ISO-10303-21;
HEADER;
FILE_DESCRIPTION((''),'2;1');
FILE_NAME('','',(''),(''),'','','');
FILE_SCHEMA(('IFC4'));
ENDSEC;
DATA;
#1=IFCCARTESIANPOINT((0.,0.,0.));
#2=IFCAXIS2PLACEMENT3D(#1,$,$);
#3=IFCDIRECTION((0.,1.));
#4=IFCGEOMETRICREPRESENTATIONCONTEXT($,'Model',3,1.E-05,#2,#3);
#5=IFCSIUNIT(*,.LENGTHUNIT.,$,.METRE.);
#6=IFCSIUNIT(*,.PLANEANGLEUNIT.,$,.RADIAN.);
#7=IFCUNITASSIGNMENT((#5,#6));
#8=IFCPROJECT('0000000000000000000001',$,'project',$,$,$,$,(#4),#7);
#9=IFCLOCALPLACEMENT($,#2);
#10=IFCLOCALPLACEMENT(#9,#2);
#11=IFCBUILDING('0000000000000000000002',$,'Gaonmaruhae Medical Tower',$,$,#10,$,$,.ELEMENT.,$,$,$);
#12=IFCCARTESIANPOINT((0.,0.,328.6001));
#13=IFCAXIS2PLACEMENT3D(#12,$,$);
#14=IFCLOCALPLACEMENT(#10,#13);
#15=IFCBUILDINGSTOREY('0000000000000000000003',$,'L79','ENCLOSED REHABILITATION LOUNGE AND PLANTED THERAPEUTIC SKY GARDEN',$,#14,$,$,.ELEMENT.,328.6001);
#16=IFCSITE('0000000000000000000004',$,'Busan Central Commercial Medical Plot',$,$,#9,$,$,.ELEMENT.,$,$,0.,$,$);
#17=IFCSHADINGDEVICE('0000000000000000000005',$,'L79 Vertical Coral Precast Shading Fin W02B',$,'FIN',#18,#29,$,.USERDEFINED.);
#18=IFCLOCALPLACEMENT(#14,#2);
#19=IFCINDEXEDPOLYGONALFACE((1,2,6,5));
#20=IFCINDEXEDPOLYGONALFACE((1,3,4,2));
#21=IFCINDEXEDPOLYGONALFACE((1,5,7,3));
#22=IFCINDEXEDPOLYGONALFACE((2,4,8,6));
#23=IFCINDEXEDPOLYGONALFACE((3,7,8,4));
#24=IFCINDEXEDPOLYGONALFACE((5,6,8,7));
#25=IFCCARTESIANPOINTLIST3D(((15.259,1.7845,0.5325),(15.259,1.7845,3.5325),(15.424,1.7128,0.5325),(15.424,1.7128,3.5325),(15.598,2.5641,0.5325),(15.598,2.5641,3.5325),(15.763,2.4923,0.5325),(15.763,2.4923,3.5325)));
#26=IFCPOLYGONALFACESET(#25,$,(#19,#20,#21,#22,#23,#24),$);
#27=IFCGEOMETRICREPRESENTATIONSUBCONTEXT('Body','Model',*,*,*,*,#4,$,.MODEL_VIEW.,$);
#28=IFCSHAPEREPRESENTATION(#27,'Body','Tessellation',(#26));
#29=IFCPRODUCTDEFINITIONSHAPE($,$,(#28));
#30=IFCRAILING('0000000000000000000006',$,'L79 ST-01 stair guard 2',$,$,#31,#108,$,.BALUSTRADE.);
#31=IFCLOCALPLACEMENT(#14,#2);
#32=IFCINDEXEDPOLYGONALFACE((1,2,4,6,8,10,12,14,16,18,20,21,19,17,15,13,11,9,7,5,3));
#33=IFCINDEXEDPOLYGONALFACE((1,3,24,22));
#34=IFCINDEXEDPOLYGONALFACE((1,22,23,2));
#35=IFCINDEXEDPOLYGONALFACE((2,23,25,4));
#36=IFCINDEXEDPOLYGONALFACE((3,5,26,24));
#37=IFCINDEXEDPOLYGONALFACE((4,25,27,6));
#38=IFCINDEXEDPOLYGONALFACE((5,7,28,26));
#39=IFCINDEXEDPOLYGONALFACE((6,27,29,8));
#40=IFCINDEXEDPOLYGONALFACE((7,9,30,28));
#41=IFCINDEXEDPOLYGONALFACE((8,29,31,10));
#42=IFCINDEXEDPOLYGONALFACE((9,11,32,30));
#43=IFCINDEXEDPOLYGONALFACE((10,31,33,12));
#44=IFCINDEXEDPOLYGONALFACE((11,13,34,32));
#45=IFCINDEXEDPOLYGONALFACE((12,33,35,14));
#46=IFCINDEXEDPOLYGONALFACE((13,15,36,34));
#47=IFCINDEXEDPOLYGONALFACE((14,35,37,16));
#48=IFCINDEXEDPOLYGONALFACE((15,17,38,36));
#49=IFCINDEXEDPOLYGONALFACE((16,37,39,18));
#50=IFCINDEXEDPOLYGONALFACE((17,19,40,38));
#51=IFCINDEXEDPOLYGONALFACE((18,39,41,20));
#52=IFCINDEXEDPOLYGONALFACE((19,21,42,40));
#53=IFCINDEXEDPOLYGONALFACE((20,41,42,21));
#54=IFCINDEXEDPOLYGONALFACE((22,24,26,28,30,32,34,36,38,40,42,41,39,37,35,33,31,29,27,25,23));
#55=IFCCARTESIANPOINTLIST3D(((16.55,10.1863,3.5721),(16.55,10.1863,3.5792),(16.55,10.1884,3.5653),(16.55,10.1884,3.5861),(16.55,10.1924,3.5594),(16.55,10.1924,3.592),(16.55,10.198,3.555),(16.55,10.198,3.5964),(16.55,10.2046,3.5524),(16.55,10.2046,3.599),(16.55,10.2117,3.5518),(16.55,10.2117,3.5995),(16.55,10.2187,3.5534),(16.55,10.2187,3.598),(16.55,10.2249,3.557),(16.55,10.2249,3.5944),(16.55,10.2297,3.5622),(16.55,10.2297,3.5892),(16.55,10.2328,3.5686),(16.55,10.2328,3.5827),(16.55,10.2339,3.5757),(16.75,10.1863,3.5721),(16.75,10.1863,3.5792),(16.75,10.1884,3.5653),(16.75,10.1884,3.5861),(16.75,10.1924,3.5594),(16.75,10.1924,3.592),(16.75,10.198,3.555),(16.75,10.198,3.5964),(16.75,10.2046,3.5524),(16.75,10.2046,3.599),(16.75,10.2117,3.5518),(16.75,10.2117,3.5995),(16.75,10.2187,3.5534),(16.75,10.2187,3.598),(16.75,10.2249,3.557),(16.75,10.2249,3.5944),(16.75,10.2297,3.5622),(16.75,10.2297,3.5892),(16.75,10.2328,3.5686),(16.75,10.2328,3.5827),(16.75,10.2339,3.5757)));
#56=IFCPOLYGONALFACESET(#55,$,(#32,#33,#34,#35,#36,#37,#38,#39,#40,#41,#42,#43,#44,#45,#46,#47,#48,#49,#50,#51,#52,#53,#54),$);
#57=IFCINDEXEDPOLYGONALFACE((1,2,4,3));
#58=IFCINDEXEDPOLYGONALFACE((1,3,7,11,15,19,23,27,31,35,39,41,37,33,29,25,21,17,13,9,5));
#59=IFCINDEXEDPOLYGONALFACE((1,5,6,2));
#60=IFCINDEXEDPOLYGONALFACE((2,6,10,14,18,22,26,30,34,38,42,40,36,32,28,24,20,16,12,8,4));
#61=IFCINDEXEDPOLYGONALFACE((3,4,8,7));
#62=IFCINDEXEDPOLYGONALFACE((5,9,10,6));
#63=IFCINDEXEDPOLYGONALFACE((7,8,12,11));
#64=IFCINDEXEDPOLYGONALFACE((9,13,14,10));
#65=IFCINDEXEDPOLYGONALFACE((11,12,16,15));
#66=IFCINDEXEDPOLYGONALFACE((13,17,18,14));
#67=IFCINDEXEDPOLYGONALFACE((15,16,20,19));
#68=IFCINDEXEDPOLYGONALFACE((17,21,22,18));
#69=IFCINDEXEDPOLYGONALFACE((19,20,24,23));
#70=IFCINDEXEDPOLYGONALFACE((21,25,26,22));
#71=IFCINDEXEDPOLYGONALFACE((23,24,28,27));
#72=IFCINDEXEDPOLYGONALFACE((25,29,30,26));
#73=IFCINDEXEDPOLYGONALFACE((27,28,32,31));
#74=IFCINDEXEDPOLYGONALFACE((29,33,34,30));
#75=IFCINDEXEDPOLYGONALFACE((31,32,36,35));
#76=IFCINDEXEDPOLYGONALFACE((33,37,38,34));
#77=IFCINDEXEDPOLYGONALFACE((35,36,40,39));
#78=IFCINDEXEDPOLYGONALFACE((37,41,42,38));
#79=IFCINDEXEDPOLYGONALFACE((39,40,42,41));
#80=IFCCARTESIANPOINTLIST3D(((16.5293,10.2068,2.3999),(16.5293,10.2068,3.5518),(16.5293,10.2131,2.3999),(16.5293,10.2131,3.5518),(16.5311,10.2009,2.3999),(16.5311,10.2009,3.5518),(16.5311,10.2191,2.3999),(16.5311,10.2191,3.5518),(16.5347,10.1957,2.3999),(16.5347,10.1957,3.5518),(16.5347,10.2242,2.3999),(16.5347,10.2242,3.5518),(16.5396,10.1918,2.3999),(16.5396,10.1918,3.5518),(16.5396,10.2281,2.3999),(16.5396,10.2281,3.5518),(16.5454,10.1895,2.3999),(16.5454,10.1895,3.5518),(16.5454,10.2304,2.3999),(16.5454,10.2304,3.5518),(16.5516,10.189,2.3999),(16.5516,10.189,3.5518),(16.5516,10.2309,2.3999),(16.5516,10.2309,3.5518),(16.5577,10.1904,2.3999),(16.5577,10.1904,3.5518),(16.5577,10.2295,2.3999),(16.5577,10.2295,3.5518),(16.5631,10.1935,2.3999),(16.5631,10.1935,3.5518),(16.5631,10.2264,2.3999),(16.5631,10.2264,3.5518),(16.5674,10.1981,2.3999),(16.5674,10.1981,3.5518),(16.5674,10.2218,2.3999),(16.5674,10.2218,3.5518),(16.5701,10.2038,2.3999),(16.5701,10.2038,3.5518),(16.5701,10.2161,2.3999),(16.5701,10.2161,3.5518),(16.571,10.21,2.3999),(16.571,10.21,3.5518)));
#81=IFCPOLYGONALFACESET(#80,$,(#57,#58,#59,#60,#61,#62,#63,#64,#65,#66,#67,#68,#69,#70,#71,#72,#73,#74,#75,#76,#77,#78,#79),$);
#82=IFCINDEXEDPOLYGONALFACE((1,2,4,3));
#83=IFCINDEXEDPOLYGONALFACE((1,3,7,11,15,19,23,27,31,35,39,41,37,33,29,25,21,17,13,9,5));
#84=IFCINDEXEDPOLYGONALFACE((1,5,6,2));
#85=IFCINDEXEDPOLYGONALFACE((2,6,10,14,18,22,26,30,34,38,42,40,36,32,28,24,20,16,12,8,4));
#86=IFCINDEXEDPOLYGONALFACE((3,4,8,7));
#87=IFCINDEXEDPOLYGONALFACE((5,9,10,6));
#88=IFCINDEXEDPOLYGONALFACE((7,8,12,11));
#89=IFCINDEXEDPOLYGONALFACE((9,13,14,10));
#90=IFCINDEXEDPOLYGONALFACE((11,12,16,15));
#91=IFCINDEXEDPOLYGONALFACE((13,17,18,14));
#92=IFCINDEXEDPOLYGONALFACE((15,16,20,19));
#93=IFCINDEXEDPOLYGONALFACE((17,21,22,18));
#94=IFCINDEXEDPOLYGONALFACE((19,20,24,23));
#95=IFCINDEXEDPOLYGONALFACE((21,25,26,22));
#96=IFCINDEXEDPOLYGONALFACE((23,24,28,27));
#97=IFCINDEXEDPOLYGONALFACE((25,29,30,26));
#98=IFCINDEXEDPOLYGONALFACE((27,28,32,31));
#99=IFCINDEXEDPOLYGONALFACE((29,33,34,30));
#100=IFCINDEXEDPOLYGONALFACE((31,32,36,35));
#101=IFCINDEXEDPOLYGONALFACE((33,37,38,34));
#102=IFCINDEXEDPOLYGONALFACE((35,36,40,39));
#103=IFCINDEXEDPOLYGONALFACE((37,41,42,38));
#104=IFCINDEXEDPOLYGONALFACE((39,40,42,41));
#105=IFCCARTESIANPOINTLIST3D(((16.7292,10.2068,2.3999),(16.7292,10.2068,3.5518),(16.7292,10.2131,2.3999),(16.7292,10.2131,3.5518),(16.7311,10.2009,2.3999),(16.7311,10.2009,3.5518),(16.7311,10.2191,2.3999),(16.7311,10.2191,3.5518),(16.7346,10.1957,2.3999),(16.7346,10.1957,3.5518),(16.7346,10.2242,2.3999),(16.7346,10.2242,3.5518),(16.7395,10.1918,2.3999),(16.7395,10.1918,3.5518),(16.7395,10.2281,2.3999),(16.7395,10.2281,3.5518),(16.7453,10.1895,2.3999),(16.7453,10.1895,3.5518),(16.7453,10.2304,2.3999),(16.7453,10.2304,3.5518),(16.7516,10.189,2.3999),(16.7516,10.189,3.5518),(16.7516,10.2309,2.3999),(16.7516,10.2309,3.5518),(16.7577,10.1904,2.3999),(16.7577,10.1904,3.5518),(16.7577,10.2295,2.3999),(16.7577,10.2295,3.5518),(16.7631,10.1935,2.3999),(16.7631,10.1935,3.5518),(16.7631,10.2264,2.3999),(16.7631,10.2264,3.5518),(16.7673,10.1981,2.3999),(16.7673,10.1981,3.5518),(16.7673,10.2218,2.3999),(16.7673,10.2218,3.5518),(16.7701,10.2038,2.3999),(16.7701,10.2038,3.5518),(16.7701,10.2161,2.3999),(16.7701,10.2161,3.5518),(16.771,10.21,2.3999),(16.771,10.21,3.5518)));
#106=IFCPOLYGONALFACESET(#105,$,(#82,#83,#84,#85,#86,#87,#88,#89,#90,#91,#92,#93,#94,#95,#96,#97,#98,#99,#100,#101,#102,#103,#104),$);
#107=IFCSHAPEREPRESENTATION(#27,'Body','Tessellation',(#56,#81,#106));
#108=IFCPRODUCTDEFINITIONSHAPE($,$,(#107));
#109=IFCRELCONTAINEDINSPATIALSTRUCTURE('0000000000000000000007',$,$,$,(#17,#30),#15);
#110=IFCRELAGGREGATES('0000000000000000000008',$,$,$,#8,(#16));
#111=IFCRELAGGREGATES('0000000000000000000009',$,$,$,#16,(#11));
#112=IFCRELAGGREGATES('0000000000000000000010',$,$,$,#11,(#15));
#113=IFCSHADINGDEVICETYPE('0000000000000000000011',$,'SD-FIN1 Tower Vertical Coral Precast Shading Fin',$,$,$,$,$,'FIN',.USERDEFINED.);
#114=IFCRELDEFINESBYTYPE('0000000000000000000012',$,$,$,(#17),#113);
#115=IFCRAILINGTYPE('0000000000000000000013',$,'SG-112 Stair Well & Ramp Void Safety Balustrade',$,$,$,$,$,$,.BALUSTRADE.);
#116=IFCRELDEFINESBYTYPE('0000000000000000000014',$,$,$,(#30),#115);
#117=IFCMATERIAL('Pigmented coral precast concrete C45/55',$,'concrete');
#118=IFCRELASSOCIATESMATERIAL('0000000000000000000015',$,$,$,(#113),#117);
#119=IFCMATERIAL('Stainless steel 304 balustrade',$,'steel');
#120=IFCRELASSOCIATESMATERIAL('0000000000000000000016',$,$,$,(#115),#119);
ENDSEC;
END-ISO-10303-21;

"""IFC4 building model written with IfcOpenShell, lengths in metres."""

from ifc_helpers import new_model, si_unit, direction, frame, origin, origin_2d, place, context, subcontext, project, spatial, rectangle, circle, extrude, material, type_object, element, save


model = new_model("IFC4")

# Units and contexts
model_context = context("Model", 3, precision=1e-05, world=origin(), true_north=direction((0.0, 1.0)))
body_context = subcontext(model_context, "Body", "Model", "MODEL_VIEW")
ifc_project = project(units=[si_unit("LENGTHUNIT", "METRE"), si_unit("PLANEANGLEUNIT", "RADIAN")], contexts=[model_context])

# Site, building, storey
site_placement = place(None, origin())
site = spatial("IfcSite", under=ifc_project, at=site_placement, Name="Busan Central Commercial Medical Plot", CompositionType="ELEMENT", RefElevation=0.0)
building_placement = place(site_placement, origin())
building = spatial("IfcBuilding", under=site, at=building_placement, Name="Gaonmaruhae Medical Tower", CompositionType="ELEMENT")
storey_placement = place(building_placement, frame((0.0, 0.0, 328.6001)))
storey = spatial("IfcBuildingStorey", under=building, at=storey_placement, Name="L79", Description="ENCLOSED REHABILITATION LOUNGE AND PLANTED THERAPEUTIC SKY GARDEN", CompositionType="ELEMENT", Elevation=328.6001)

# Shading device
ifc_material_1 = material(Name="Pigmented coral precast concrete C45/55", Category="concrete")
shading_device_type = type_object("IfcShadingDeviceType", Name="SD-FIN1 Tower Vertical Coral Precast Shading Fin", ElementType="FIN", PredefinedType="USERDEFINED", material=ifc_material_1)
shading_device_placement = place(storey_placement, frame((15.511, 2.1384, 0.5325), z_axis=(0.0, 0.0, 1.0), x_axis=(-0.91706, 0.398749, 0.0)))
element("IfcShadingDevice", 1, at=shading_device_placement, inside=storey, type_object=shading_device_type, Name="L79 Vertical Coral Precast Shading Fin W02B", ObjectType="FIN", PredefinedType="USERDEFINED", context=body_context, shape_type="SweptSolid", body=[
    extrude(rectangle(XDim=0.1799, YDim=0.8501, at=origin_2d()), origin(), (0.0, 0.0, 1.0), 3.0),
])

# Railing
ifc_material_2 = material(Name="Stainless steel 304 balustrade", Category="steel")
railing_type_1 = type_object("IfcRailingType", Name="SG-112 Stair Well & Ramp Void Safety Balustrade", PredefinedType="BALUSTRADE", material=ifc_material_2)
railing_1_placement = place(storey_placement, frame((16.55, 10.21, 2.3999)))
element("IfcRailing", 2, at=railing_1_placement, inside=storey, type_object=railing_type_1, Name="L79 ST-01 stair guard 2", PredefinedType="BALUSTRADE", context=body_context, shape_type="SweptSolid", body=[
    extrude(circle(Radius=0.0239, at=origin_2d()), frame((0.0, 0.0, 1.1758), z_axis=(1.0, 0.0, 0.0), x_axis=(0.0, 1.0, 0.0)), (0.0, 0.0, 1.0), 0.2),
    extrude(circle(Radius=0.021, at=origin_2d()), origin(), (0.0, 0.0, 1.0), 1.1519),
    extrude(circle(Radius=0.021, at=origin_2d()), frame((0.2, 0.0, 0.0)), (0.0, 0.0, 1.0), 1.1519),
])

save(model, "model.ifc")
